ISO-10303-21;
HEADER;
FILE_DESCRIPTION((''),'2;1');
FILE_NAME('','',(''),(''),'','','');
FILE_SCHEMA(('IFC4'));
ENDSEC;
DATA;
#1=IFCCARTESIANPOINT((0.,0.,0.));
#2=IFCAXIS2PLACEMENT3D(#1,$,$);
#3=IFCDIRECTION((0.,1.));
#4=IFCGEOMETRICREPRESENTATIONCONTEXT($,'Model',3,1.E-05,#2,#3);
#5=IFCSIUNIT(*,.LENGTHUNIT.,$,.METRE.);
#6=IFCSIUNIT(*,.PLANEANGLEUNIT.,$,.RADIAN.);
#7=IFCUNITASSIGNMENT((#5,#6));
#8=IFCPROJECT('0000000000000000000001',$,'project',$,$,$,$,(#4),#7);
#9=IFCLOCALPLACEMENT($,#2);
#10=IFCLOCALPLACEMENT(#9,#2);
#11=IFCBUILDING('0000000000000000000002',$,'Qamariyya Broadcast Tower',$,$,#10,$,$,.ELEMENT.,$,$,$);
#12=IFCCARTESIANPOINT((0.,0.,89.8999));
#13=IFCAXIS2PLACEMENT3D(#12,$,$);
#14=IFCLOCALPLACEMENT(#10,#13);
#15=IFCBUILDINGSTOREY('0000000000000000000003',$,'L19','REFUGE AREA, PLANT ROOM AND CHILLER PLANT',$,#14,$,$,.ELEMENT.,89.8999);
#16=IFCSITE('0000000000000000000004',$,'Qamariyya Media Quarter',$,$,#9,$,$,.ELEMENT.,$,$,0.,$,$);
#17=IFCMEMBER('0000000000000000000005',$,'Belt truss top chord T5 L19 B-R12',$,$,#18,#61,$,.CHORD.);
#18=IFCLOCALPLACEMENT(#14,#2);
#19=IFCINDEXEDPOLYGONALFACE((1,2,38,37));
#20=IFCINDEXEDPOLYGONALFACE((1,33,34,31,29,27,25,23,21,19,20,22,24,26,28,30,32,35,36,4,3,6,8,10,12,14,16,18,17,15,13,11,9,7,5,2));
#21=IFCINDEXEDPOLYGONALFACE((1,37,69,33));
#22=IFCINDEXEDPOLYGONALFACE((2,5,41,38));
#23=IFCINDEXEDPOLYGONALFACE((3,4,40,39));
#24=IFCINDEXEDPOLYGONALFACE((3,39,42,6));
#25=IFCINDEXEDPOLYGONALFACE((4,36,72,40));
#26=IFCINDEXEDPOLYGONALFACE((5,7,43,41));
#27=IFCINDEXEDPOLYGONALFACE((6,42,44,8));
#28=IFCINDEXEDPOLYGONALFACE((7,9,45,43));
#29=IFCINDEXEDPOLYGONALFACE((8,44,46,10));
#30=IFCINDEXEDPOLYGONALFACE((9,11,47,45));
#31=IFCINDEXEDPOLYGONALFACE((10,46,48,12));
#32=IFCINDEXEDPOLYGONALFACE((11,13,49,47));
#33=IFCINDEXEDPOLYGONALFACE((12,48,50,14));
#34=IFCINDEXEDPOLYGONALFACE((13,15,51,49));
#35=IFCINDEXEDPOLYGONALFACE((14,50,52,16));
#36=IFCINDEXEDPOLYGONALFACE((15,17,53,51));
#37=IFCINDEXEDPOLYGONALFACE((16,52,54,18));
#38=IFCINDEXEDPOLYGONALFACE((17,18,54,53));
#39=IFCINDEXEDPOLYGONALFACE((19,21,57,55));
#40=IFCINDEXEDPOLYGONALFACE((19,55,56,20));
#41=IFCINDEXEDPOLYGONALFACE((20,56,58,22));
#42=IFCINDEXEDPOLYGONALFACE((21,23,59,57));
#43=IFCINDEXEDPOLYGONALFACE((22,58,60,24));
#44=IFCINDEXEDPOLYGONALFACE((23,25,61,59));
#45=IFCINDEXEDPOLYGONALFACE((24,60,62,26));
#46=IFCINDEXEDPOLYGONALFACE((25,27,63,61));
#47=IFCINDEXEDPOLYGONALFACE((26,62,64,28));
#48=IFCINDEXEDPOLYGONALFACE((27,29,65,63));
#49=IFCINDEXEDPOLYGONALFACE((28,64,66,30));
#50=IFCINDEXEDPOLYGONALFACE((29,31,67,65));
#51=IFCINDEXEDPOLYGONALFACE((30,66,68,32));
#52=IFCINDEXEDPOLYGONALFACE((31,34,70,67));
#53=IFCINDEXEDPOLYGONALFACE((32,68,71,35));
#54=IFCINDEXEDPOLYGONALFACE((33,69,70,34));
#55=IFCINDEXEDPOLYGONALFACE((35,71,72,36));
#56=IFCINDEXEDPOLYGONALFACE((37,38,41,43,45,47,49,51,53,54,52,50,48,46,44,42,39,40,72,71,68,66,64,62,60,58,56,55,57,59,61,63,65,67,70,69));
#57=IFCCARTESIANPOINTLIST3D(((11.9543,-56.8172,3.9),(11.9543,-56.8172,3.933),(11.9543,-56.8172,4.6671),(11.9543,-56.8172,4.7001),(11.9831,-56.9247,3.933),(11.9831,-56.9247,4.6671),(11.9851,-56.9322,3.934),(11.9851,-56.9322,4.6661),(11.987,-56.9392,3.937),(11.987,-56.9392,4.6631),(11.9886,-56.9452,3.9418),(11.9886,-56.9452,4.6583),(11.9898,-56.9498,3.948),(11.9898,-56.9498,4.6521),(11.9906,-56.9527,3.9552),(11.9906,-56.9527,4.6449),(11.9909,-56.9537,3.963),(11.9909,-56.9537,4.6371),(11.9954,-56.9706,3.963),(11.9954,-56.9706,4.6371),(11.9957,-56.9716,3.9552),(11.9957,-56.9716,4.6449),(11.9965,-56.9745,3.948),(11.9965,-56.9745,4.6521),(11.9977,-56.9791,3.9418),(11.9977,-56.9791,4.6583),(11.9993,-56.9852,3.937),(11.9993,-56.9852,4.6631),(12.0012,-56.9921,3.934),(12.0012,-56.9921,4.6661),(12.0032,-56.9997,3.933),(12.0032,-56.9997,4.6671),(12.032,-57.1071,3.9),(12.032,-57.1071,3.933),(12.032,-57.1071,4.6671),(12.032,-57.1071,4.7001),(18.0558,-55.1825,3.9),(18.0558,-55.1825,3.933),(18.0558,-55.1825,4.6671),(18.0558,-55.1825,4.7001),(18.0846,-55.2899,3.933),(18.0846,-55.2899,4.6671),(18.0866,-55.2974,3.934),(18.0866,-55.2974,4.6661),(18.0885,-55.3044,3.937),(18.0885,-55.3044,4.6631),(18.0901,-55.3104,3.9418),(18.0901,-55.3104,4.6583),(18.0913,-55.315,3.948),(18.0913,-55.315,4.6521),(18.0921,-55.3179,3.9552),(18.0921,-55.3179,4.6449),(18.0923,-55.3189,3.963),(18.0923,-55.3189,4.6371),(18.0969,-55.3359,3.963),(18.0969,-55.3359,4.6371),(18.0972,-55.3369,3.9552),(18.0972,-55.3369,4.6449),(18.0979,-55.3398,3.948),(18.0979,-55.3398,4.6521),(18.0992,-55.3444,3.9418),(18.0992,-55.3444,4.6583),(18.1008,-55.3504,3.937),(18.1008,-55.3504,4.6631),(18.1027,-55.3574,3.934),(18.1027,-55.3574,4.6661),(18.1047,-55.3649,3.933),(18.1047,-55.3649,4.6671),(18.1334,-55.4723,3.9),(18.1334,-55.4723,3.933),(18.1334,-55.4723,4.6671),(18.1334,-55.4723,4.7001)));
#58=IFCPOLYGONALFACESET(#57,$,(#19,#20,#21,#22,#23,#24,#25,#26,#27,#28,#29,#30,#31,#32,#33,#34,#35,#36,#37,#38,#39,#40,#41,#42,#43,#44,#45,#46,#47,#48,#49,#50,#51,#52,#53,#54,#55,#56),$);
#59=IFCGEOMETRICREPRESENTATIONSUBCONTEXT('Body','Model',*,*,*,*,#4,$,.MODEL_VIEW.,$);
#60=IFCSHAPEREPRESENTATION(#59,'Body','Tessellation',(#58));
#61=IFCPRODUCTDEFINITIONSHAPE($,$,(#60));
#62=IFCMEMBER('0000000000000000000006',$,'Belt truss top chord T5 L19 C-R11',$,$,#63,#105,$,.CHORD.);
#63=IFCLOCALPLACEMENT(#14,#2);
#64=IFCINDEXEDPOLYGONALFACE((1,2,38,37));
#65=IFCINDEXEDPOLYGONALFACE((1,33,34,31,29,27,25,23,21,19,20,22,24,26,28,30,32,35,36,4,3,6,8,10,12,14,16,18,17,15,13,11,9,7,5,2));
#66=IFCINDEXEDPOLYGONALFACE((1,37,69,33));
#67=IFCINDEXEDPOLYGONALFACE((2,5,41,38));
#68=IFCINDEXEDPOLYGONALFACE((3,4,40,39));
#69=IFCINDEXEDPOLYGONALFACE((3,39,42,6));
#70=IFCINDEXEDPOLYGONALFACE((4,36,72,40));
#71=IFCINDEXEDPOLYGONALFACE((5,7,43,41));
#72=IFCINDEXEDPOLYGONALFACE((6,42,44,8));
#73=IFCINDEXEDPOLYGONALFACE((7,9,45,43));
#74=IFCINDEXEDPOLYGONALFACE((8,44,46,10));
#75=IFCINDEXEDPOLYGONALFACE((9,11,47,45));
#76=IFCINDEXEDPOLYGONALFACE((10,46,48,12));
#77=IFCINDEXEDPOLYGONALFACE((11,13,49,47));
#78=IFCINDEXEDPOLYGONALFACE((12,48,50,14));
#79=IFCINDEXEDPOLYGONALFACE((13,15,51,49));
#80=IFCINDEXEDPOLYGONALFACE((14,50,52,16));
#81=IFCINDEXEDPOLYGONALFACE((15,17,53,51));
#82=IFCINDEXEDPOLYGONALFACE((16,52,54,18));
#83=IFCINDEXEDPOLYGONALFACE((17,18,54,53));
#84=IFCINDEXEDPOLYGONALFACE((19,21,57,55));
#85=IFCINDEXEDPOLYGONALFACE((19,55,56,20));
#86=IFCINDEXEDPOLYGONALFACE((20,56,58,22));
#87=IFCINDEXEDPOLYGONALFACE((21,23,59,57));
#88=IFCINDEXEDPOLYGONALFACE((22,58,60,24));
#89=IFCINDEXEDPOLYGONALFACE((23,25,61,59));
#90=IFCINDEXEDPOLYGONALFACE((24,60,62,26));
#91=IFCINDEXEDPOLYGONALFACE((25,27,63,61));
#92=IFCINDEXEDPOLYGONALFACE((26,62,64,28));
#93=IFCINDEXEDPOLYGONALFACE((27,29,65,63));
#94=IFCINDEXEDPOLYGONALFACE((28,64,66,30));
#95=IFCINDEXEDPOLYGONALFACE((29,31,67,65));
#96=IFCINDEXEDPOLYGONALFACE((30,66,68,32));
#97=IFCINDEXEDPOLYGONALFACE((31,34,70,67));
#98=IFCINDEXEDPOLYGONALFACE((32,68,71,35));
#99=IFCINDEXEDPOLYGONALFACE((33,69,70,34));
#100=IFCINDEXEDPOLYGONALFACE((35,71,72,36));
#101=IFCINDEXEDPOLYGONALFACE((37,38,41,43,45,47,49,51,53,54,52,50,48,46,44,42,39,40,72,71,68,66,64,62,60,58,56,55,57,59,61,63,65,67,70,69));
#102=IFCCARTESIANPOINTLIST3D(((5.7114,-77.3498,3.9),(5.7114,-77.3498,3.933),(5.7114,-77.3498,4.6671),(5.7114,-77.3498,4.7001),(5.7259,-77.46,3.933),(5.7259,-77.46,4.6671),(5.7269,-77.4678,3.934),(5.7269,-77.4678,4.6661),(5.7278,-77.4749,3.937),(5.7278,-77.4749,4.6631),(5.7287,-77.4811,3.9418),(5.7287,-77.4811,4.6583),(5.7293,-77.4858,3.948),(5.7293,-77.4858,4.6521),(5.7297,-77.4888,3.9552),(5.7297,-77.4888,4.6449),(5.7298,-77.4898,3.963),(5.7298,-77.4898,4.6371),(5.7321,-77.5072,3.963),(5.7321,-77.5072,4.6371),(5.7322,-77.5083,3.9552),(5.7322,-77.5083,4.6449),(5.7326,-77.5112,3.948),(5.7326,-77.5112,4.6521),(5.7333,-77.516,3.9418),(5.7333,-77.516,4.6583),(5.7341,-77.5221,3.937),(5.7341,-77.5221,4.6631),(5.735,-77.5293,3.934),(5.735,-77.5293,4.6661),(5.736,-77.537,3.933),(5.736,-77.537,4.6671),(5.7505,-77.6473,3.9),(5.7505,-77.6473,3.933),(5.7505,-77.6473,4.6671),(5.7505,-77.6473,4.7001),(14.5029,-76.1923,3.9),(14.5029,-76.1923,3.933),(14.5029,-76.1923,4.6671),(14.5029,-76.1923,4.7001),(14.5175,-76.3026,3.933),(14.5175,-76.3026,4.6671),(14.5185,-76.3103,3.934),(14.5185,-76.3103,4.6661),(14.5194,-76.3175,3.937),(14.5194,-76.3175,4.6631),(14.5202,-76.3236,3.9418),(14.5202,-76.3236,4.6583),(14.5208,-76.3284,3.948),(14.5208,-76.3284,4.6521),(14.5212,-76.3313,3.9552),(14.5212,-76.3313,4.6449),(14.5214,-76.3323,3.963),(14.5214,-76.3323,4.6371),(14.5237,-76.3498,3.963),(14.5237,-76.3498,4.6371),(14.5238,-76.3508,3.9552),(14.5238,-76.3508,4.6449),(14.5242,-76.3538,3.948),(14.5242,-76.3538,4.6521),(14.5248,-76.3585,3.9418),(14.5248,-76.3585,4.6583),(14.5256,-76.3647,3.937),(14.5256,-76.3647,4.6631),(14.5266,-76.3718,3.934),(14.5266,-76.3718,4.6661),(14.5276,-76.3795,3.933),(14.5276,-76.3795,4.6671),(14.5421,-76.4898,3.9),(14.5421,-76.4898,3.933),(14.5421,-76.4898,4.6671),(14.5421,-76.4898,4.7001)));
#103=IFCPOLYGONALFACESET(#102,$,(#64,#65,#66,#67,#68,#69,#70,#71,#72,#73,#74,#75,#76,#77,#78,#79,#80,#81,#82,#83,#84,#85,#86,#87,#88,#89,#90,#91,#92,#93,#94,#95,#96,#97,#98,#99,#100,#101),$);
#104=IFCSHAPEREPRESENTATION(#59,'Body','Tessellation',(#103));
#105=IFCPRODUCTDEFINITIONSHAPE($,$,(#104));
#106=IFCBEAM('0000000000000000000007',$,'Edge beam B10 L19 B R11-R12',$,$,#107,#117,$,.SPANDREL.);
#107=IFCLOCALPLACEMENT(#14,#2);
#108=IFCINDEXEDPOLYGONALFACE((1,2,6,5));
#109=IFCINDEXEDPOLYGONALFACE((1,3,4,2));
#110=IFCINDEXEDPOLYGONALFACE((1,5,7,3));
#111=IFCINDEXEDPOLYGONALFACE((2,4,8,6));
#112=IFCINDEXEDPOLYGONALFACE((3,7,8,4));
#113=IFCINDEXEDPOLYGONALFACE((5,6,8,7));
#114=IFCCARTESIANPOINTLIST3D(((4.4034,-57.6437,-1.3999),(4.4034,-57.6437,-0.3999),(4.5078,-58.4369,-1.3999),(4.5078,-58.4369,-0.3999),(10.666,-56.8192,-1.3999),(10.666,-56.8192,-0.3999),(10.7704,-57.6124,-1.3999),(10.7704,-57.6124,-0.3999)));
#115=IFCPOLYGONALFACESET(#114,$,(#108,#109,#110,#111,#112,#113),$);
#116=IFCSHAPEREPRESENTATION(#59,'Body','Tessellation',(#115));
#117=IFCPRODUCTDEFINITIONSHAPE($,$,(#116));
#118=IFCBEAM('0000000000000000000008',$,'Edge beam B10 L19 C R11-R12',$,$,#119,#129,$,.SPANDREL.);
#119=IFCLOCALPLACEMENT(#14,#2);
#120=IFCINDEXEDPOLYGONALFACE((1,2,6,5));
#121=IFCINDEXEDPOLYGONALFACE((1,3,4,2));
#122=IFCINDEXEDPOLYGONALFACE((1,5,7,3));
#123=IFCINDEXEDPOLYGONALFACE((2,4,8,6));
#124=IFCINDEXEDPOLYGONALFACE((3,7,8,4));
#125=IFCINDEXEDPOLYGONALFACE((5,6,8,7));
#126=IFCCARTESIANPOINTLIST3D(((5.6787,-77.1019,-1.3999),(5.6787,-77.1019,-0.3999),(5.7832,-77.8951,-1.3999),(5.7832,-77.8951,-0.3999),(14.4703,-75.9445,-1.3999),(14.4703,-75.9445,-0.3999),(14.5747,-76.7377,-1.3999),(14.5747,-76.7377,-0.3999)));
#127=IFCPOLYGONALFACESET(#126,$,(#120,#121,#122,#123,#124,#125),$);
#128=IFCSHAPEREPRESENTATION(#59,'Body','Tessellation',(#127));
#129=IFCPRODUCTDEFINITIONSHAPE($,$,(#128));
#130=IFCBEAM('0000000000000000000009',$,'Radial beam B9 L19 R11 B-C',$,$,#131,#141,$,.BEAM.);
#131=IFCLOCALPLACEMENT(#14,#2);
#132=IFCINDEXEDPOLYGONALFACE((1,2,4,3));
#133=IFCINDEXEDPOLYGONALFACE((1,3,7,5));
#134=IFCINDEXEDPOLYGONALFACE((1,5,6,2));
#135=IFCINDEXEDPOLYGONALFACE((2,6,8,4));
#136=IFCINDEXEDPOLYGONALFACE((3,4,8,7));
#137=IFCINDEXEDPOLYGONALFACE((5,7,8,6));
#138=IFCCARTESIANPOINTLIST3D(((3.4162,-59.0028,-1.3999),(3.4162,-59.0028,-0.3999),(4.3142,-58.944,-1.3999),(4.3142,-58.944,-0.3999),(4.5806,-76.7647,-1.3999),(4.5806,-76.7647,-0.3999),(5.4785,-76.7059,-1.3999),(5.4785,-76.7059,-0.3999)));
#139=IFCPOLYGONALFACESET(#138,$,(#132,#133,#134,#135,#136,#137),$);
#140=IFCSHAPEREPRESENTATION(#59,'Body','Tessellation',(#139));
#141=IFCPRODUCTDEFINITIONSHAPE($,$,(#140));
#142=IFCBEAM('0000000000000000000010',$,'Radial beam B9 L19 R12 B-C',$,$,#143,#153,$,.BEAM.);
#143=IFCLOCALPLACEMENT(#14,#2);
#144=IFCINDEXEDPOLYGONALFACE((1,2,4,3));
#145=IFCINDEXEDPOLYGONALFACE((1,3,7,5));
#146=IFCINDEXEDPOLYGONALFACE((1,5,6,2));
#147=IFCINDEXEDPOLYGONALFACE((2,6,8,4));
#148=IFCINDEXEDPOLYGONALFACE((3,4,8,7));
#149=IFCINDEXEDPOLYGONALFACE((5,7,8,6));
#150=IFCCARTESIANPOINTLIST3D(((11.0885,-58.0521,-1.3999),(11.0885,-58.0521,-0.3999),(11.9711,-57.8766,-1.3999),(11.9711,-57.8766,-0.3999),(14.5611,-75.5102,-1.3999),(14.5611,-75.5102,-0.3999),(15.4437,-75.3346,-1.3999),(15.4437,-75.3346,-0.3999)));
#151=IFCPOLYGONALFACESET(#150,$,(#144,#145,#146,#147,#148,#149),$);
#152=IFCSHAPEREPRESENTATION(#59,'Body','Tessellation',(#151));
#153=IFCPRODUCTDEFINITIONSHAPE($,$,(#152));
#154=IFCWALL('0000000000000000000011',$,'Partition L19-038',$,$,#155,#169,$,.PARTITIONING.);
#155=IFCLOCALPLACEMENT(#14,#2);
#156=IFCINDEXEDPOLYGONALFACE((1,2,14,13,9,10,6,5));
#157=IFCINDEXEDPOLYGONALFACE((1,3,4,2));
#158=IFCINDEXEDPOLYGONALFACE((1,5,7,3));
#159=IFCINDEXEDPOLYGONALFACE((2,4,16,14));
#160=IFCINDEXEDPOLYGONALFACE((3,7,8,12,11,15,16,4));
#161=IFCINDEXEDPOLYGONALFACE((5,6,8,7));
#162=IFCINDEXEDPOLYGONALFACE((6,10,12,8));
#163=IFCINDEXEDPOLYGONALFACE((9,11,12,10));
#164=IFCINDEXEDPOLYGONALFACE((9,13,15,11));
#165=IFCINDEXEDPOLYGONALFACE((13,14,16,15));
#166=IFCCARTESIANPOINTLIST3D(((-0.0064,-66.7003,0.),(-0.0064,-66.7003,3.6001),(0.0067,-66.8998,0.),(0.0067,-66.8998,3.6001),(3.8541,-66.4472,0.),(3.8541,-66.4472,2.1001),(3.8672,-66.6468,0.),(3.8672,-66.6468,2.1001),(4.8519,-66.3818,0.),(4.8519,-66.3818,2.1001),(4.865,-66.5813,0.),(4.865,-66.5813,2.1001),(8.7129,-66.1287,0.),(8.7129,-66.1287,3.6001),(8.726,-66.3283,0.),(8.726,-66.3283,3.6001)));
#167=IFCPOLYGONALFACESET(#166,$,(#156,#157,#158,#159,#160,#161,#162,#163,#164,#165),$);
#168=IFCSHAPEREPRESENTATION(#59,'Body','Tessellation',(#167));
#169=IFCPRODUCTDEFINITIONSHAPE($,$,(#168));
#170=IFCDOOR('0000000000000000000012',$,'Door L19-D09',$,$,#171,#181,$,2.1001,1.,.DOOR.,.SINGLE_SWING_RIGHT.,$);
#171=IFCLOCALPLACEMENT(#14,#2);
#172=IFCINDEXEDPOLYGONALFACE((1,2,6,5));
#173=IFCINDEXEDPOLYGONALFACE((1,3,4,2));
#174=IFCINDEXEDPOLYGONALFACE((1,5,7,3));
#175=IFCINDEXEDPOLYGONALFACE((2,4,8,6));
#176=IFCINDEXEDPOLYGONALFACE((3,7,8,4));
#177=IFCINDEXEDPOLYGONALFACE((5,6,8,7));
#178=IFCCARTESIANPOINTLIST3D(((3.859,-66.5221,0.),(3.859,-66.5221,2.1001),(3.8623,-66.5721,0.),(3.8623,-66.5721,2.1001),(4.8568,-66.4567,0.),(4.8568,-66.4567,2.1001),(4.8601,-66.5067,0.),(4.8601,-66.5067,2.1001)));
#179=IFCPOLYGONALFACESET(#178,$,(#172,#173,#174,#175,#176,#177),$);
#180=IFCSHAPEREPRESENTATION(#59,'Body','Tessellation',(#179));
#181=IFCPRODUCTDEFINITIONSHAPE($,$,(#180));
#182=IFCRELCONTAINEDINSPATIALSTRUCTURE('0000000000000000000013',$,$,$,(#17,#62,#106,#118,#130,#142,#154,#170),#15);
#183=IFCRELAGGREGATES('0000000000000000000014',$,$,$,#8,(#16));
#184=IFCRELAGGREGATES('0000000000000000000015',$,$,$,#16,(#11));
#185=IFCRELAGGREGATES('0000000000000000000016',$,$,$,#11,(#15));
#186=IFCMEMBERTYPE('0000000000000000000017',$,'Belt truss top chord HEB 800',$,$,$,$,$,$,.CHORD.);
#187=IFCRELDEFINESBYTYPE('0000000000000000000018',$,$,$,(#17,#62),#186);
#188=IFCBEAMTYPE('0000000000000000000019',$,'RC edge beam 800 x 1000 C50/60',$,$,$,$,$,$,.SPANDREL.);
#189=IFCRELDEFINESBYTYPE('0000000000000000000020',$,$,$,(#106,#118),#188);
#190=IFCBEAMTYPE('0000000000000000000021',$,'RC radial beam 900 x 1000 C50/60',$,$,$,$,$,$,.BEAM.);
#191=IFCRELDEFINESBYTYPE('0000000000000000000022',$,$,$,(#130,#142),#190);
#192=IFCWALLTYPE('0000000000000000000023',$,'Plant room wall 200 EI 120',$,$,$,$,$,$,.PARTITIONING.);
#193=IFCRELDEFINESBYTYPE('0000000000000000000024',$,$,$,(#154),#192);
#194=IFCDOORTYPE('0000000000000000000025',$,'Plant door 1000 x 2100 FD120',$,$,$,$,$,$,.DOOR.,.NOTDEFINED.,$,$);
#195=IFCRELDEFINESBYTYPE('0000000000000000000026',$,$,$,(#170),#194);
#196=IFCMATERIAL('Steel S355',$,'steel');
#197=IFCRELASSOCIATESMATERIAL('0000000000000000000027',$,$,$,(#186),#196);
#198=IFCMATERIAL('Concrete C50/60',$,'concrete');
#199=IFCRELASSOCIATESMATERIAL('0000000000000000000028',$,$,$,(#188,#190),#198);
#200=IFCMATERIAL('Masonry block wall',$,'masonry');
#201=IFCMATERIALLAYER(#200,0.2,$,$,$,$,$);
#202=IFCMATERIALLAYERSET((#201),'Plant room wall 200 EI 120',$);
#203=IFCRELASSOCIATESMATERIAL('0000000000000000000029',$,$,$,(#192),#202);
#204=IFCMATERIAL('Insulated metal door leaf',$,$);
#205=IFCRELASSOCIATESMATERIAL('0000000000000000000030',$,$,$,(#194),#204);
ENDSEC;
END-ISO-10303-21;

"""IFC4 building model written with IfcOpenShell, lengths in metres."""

from ifc_helpers import new_model, si_unit, direction, frame, frame_2d, origin, origin_2d, place, context, subcontext, project, spatial, rectangle, i_section, extrude, material, layer, layer_set, material_profile, profile_set, type_object, element, fill, save


model = new_model("IFC4")

# Units and contexts
model_context = context("Model", 3, precision=1e-05, world=origin(), true_north=direction((0.0, 1.0)))
body_context = subcontext(model_context, "Body", "Model", "MODEL_VIEW")
ifc_project = project(units=[si_unit("LENGTHUNIT", "METRE"), si_unit("PLANEANGLEUNIT", "RADIAN")], contexts=[model_context])

# Site, building, storey
site_placement = place(None, origin())
site = spatial("IfcSite", under=ifc_project, at=site_placement, Name="Qamariyya Media Quarter", CompositionType="ELEMENT", RefElevation=0.0)
building_placement = place(site_placement, origin())
building = spatial("IfcBuilding", under=site, at=building_placement, Name="Qamariyya Broadcast Tower", CompositionType="ELEMENT")
storey_placement = place(building_placement, frame((0.0, 0.0, 89.8999)))
storey = spatial("IfcBuildingStorey", under=building, at=storey_placement, Name="L19", Description="REFUGE AREA, PLANT ROOM AND CHILLER PLANT", CompositionType="ELEMENT", Elevation=89.8999)

# Members
ifc_material_1 = material(Name="Steel S355", Category="steel")
ifc_material_profile_1 = material_profile(ifc_material_1, i_section(OverallWidth=0.3, OverallDepth=0.8, WebThickness=0.0176, FlangeThickness=0.033, FilletRadius=0.03, at=origin_2d()))
ifc_profile_set_1 = profile_set([ifc_material_profile_1], Name="Steel S355")
member_type_1 = type_object("IfcMemberType", Name="Belt truss top chord HEB 800", PredefinedType="CHORD", material=ifc_profile_set_1)
for number, where, z_axis, x_axis, name in (
    (1, (11.9932, -56.9622, 4.3), (0.965931, 0.258798, 0.0), (-0.258798, 0.965931, 0.0), "Belt truss top chord T5 L19 B-R12"),
):
    element("IfcMember", number, at=place(storey_placement, frame(where, z_axis=z_axis, x_axis=x_axis)), inside=storey, type_object=member_type_1, Name=name, PredefinedType="CHORD", context=body_context, shape_type="SweptSolid", body=[
        extrude(i_section(OverallWidth=0.3, OverallDepth=0.8, WebThickness=0.0176, FlangeThickness=0.033, FilletRadius=0.03, at=origin_2d()), origin(), (0.0, 0.0, 1.0), 6.3167),
    ])
member_1_placement = place(storey_placement, frame((5.731, -77.4985, 4.3), z_axis=(0.991444, 0.130531, 0.0), x_axis=(-0.130531, 0.991444, 0.0)))
element("IfcMember", 2, at=member_1_placement, inside=storey, type_object=member_type_1, Name="Belt truss top chord T5 L19 C-R11", PredefinedType="CHORD", context=body_context, shape_type="SweptSolid", body=[
    extrude(i_section(OverallWidth=0.3, OverallDepth=0.8, WebThickness=0.0176, FlangeThickness=0.033, FilletRadius=0.03, at=origin_2d()), origin(), (0.0, 0.0, 1.0), 8.8674),
])

# Beams
ifc_material_2 = material(Name="Concrete C50/60", Category="concrete")
ifc_material_profile_2 = material_profile(ifc_material_2, rectangle(XDim=0.8, YDim=1.0, at=origin_2d()))
ifc_profile_set_2 = profile_set([ifc_material_profile_2], Name="Concrete C50/60")
beam_type_1 = type_object("IfcBeamType", Name="RC edge beam 800 x 1000 C50/60", PredefinedType="SPANDREL", material=ifc_profile_set_2)
beam_1_placement = place(storey_placement, frame((4.4556, -58.0403, -0.8999), z_axis=(0.991446, 0.13052, 0.0), x_axis=(-0.13052, 0.991446, 0.0)))
element("IfcBeam", 3, at=beam_1_placement, inside=storey, type_object=beam_type_1, Name="Edge beam B10 L19 B R11-R12", PredefinedType="SPANDREL", context=body_context, shape_type="SweptSolid", body=[
    extrude(rectangle(XDim=0.8, YDim=1.0, at=origin_2d()), origin(), (0.0, 0.0, 1.0), 6.3167),
])
beam_2_placement = place(storey_placement, frame((5.731, -77.4985, -0.8999), z_axis=(0.991444, 0.130531, 0.0), x_axis=(-0.130531, 0.991444, 0.0)))
element("IfcBeam", 4, at=beam_2_placement, inside=storey, type_object=beam_type_1, Name="Edge beam B10 L19 C R11-R12", PredefinedType="SPANDREL", context=body_context, shape_type="SweptSolid", body=[
    extrude(rectangle(XDim=0.8, YDim=1.0, at=origin_2d()), origin(), (0.0, 0.0, 1.0), 8.8674),
])
ifc_material_profile_3 = material_profile(ifc_material_2, rectangle(XDim=0.8999, YDim=1.0, at=origin_2d()))
ifc_profile_set_3 = profile_set([ifc_material_profile_3], Name="Concrete C50/60")
beam_type_2 = type_object("IfcBeamType", Name="RC radial beam 900 x 1000 C50/60", PredefinedType="BEAM", material=ifc_profile_set_3)
for number, where, z_axis, x_axis, name in (
    (5, (3.8652, -58.9734, -0.8999), (0.06541, -0.997858, 0.0), (0.997858, 0.06541, 0.0), "Radial beam B9 L19 R11 B-C"),
    (6, (11.5298, -57.9644, -0.8999), (0.195093, -0.980785, 0.0), (0.980785, 0.195093, 0.0), "Radial beam B9 L19 R12 B-C"),
):
    element("IfcBeam", number, at=place(storey_placement, frame(where, z_axis=z_axis, x_axis=x_axis)), inside=storey, type_object=beam_type_2, Name=name, PredefinedType="BEAM", context=body_context, shape_type="SweptSolid", body=[
        extrude(rectangle(XDim=0.8999, YDim=1.0, at=origin_2d()), origin(), (0.0, 0.0, 1.0), 17.8),
    ])

# Wall, opening, door
ifc_material_3 = material(Name="Masonry block wall", Category="masonry")
ifc_layer_1 = layer(ifc_material_3, 0.2)
ifc_layer_set_1 = layer_set([ifc_layer_1], Name="Plant room wall 200 EI 120")
wall_type_1 = type_object("IfcWallType", Name="Plant room wall 200 EI 120", PredefinedType="PARTITIONING", material=ifc_layer_set_1)
ifc_material_4 = material(Name="Insulated metal door leaf")
wall_1_placement = place(storey_placement, frame((0.0, -66.8, 0.0), z_axis=(0.0, 0.0, 1.0), x_axis=(0.997859, 0.065408, 0.0)))
wall_1 = element("IfcWall", 7, at=wall_1_placement, inside=storey, type_object=wall_type_1, Name="Partition L19-038", PredefinedType="PARTITIONING", context=body_context, shape_type="SweptSolid", body=[
    extrude(rectangle(XDim=8.738, YDim=0.2, at=frame_2d((4.3691, 0.0))), origin(), (0.0, 0.0, 1.0), 3.6001),
])
opening_1_placement = place(wall_1_placement, frame((3.8689, 0.0, 0.0)))
opening_1 = element("IfcOpeningElement", 8, at=opening_1_placement, cuts=wall_1, PredefinedType="OPENING", context=body_context, shape_type="SweptSolid", body=[
    extrude(rectangle(XDim=1.0, YDim=2.1001, at=frame_2d((0.5, 1.05))), frame((0.0, 0.1099, 0.0), z_axis=(0.0, -1.0, 0.0), x_axis=(1.0, 0.0, 0.0)), (0.0, 0.0, 1.0), 0.22),
])
door_type_1 = type_object("IfcDoorType", Name="Plant door 1000 x 2100 FD120", OperationType="NOTDEFINED", PredefinedType="DOOR", material=ifc_material_4)
door_1_placement = place(opening_1_placement, origin())
door_1 = element("IfcDoor", 9, at=door_1_placement, inside=storey, type_object=door_type_1, Name="Door L19-D09", OperationType="SINGLE_SWING_RIGHT", OverallHeight=2.1001, OverallWidth=1.0, PredefinedType="DOOR", context=body_context, shape_type="SweptSolid", body=[
    extrude(rectangle(XDim=1.0, YDim=2.1001, at=frame_2d((0.5, 1.05))), frame((0.0, 0.0249, 0.0), z_axis=(0.0, -1.0, 0.0), x_axis=(1.0, 0.0, 0.0)), (0.0, 0.0, 1.0), 0.05),
])
fill(opening_1, door_1)

save(model, "model.ifc")
